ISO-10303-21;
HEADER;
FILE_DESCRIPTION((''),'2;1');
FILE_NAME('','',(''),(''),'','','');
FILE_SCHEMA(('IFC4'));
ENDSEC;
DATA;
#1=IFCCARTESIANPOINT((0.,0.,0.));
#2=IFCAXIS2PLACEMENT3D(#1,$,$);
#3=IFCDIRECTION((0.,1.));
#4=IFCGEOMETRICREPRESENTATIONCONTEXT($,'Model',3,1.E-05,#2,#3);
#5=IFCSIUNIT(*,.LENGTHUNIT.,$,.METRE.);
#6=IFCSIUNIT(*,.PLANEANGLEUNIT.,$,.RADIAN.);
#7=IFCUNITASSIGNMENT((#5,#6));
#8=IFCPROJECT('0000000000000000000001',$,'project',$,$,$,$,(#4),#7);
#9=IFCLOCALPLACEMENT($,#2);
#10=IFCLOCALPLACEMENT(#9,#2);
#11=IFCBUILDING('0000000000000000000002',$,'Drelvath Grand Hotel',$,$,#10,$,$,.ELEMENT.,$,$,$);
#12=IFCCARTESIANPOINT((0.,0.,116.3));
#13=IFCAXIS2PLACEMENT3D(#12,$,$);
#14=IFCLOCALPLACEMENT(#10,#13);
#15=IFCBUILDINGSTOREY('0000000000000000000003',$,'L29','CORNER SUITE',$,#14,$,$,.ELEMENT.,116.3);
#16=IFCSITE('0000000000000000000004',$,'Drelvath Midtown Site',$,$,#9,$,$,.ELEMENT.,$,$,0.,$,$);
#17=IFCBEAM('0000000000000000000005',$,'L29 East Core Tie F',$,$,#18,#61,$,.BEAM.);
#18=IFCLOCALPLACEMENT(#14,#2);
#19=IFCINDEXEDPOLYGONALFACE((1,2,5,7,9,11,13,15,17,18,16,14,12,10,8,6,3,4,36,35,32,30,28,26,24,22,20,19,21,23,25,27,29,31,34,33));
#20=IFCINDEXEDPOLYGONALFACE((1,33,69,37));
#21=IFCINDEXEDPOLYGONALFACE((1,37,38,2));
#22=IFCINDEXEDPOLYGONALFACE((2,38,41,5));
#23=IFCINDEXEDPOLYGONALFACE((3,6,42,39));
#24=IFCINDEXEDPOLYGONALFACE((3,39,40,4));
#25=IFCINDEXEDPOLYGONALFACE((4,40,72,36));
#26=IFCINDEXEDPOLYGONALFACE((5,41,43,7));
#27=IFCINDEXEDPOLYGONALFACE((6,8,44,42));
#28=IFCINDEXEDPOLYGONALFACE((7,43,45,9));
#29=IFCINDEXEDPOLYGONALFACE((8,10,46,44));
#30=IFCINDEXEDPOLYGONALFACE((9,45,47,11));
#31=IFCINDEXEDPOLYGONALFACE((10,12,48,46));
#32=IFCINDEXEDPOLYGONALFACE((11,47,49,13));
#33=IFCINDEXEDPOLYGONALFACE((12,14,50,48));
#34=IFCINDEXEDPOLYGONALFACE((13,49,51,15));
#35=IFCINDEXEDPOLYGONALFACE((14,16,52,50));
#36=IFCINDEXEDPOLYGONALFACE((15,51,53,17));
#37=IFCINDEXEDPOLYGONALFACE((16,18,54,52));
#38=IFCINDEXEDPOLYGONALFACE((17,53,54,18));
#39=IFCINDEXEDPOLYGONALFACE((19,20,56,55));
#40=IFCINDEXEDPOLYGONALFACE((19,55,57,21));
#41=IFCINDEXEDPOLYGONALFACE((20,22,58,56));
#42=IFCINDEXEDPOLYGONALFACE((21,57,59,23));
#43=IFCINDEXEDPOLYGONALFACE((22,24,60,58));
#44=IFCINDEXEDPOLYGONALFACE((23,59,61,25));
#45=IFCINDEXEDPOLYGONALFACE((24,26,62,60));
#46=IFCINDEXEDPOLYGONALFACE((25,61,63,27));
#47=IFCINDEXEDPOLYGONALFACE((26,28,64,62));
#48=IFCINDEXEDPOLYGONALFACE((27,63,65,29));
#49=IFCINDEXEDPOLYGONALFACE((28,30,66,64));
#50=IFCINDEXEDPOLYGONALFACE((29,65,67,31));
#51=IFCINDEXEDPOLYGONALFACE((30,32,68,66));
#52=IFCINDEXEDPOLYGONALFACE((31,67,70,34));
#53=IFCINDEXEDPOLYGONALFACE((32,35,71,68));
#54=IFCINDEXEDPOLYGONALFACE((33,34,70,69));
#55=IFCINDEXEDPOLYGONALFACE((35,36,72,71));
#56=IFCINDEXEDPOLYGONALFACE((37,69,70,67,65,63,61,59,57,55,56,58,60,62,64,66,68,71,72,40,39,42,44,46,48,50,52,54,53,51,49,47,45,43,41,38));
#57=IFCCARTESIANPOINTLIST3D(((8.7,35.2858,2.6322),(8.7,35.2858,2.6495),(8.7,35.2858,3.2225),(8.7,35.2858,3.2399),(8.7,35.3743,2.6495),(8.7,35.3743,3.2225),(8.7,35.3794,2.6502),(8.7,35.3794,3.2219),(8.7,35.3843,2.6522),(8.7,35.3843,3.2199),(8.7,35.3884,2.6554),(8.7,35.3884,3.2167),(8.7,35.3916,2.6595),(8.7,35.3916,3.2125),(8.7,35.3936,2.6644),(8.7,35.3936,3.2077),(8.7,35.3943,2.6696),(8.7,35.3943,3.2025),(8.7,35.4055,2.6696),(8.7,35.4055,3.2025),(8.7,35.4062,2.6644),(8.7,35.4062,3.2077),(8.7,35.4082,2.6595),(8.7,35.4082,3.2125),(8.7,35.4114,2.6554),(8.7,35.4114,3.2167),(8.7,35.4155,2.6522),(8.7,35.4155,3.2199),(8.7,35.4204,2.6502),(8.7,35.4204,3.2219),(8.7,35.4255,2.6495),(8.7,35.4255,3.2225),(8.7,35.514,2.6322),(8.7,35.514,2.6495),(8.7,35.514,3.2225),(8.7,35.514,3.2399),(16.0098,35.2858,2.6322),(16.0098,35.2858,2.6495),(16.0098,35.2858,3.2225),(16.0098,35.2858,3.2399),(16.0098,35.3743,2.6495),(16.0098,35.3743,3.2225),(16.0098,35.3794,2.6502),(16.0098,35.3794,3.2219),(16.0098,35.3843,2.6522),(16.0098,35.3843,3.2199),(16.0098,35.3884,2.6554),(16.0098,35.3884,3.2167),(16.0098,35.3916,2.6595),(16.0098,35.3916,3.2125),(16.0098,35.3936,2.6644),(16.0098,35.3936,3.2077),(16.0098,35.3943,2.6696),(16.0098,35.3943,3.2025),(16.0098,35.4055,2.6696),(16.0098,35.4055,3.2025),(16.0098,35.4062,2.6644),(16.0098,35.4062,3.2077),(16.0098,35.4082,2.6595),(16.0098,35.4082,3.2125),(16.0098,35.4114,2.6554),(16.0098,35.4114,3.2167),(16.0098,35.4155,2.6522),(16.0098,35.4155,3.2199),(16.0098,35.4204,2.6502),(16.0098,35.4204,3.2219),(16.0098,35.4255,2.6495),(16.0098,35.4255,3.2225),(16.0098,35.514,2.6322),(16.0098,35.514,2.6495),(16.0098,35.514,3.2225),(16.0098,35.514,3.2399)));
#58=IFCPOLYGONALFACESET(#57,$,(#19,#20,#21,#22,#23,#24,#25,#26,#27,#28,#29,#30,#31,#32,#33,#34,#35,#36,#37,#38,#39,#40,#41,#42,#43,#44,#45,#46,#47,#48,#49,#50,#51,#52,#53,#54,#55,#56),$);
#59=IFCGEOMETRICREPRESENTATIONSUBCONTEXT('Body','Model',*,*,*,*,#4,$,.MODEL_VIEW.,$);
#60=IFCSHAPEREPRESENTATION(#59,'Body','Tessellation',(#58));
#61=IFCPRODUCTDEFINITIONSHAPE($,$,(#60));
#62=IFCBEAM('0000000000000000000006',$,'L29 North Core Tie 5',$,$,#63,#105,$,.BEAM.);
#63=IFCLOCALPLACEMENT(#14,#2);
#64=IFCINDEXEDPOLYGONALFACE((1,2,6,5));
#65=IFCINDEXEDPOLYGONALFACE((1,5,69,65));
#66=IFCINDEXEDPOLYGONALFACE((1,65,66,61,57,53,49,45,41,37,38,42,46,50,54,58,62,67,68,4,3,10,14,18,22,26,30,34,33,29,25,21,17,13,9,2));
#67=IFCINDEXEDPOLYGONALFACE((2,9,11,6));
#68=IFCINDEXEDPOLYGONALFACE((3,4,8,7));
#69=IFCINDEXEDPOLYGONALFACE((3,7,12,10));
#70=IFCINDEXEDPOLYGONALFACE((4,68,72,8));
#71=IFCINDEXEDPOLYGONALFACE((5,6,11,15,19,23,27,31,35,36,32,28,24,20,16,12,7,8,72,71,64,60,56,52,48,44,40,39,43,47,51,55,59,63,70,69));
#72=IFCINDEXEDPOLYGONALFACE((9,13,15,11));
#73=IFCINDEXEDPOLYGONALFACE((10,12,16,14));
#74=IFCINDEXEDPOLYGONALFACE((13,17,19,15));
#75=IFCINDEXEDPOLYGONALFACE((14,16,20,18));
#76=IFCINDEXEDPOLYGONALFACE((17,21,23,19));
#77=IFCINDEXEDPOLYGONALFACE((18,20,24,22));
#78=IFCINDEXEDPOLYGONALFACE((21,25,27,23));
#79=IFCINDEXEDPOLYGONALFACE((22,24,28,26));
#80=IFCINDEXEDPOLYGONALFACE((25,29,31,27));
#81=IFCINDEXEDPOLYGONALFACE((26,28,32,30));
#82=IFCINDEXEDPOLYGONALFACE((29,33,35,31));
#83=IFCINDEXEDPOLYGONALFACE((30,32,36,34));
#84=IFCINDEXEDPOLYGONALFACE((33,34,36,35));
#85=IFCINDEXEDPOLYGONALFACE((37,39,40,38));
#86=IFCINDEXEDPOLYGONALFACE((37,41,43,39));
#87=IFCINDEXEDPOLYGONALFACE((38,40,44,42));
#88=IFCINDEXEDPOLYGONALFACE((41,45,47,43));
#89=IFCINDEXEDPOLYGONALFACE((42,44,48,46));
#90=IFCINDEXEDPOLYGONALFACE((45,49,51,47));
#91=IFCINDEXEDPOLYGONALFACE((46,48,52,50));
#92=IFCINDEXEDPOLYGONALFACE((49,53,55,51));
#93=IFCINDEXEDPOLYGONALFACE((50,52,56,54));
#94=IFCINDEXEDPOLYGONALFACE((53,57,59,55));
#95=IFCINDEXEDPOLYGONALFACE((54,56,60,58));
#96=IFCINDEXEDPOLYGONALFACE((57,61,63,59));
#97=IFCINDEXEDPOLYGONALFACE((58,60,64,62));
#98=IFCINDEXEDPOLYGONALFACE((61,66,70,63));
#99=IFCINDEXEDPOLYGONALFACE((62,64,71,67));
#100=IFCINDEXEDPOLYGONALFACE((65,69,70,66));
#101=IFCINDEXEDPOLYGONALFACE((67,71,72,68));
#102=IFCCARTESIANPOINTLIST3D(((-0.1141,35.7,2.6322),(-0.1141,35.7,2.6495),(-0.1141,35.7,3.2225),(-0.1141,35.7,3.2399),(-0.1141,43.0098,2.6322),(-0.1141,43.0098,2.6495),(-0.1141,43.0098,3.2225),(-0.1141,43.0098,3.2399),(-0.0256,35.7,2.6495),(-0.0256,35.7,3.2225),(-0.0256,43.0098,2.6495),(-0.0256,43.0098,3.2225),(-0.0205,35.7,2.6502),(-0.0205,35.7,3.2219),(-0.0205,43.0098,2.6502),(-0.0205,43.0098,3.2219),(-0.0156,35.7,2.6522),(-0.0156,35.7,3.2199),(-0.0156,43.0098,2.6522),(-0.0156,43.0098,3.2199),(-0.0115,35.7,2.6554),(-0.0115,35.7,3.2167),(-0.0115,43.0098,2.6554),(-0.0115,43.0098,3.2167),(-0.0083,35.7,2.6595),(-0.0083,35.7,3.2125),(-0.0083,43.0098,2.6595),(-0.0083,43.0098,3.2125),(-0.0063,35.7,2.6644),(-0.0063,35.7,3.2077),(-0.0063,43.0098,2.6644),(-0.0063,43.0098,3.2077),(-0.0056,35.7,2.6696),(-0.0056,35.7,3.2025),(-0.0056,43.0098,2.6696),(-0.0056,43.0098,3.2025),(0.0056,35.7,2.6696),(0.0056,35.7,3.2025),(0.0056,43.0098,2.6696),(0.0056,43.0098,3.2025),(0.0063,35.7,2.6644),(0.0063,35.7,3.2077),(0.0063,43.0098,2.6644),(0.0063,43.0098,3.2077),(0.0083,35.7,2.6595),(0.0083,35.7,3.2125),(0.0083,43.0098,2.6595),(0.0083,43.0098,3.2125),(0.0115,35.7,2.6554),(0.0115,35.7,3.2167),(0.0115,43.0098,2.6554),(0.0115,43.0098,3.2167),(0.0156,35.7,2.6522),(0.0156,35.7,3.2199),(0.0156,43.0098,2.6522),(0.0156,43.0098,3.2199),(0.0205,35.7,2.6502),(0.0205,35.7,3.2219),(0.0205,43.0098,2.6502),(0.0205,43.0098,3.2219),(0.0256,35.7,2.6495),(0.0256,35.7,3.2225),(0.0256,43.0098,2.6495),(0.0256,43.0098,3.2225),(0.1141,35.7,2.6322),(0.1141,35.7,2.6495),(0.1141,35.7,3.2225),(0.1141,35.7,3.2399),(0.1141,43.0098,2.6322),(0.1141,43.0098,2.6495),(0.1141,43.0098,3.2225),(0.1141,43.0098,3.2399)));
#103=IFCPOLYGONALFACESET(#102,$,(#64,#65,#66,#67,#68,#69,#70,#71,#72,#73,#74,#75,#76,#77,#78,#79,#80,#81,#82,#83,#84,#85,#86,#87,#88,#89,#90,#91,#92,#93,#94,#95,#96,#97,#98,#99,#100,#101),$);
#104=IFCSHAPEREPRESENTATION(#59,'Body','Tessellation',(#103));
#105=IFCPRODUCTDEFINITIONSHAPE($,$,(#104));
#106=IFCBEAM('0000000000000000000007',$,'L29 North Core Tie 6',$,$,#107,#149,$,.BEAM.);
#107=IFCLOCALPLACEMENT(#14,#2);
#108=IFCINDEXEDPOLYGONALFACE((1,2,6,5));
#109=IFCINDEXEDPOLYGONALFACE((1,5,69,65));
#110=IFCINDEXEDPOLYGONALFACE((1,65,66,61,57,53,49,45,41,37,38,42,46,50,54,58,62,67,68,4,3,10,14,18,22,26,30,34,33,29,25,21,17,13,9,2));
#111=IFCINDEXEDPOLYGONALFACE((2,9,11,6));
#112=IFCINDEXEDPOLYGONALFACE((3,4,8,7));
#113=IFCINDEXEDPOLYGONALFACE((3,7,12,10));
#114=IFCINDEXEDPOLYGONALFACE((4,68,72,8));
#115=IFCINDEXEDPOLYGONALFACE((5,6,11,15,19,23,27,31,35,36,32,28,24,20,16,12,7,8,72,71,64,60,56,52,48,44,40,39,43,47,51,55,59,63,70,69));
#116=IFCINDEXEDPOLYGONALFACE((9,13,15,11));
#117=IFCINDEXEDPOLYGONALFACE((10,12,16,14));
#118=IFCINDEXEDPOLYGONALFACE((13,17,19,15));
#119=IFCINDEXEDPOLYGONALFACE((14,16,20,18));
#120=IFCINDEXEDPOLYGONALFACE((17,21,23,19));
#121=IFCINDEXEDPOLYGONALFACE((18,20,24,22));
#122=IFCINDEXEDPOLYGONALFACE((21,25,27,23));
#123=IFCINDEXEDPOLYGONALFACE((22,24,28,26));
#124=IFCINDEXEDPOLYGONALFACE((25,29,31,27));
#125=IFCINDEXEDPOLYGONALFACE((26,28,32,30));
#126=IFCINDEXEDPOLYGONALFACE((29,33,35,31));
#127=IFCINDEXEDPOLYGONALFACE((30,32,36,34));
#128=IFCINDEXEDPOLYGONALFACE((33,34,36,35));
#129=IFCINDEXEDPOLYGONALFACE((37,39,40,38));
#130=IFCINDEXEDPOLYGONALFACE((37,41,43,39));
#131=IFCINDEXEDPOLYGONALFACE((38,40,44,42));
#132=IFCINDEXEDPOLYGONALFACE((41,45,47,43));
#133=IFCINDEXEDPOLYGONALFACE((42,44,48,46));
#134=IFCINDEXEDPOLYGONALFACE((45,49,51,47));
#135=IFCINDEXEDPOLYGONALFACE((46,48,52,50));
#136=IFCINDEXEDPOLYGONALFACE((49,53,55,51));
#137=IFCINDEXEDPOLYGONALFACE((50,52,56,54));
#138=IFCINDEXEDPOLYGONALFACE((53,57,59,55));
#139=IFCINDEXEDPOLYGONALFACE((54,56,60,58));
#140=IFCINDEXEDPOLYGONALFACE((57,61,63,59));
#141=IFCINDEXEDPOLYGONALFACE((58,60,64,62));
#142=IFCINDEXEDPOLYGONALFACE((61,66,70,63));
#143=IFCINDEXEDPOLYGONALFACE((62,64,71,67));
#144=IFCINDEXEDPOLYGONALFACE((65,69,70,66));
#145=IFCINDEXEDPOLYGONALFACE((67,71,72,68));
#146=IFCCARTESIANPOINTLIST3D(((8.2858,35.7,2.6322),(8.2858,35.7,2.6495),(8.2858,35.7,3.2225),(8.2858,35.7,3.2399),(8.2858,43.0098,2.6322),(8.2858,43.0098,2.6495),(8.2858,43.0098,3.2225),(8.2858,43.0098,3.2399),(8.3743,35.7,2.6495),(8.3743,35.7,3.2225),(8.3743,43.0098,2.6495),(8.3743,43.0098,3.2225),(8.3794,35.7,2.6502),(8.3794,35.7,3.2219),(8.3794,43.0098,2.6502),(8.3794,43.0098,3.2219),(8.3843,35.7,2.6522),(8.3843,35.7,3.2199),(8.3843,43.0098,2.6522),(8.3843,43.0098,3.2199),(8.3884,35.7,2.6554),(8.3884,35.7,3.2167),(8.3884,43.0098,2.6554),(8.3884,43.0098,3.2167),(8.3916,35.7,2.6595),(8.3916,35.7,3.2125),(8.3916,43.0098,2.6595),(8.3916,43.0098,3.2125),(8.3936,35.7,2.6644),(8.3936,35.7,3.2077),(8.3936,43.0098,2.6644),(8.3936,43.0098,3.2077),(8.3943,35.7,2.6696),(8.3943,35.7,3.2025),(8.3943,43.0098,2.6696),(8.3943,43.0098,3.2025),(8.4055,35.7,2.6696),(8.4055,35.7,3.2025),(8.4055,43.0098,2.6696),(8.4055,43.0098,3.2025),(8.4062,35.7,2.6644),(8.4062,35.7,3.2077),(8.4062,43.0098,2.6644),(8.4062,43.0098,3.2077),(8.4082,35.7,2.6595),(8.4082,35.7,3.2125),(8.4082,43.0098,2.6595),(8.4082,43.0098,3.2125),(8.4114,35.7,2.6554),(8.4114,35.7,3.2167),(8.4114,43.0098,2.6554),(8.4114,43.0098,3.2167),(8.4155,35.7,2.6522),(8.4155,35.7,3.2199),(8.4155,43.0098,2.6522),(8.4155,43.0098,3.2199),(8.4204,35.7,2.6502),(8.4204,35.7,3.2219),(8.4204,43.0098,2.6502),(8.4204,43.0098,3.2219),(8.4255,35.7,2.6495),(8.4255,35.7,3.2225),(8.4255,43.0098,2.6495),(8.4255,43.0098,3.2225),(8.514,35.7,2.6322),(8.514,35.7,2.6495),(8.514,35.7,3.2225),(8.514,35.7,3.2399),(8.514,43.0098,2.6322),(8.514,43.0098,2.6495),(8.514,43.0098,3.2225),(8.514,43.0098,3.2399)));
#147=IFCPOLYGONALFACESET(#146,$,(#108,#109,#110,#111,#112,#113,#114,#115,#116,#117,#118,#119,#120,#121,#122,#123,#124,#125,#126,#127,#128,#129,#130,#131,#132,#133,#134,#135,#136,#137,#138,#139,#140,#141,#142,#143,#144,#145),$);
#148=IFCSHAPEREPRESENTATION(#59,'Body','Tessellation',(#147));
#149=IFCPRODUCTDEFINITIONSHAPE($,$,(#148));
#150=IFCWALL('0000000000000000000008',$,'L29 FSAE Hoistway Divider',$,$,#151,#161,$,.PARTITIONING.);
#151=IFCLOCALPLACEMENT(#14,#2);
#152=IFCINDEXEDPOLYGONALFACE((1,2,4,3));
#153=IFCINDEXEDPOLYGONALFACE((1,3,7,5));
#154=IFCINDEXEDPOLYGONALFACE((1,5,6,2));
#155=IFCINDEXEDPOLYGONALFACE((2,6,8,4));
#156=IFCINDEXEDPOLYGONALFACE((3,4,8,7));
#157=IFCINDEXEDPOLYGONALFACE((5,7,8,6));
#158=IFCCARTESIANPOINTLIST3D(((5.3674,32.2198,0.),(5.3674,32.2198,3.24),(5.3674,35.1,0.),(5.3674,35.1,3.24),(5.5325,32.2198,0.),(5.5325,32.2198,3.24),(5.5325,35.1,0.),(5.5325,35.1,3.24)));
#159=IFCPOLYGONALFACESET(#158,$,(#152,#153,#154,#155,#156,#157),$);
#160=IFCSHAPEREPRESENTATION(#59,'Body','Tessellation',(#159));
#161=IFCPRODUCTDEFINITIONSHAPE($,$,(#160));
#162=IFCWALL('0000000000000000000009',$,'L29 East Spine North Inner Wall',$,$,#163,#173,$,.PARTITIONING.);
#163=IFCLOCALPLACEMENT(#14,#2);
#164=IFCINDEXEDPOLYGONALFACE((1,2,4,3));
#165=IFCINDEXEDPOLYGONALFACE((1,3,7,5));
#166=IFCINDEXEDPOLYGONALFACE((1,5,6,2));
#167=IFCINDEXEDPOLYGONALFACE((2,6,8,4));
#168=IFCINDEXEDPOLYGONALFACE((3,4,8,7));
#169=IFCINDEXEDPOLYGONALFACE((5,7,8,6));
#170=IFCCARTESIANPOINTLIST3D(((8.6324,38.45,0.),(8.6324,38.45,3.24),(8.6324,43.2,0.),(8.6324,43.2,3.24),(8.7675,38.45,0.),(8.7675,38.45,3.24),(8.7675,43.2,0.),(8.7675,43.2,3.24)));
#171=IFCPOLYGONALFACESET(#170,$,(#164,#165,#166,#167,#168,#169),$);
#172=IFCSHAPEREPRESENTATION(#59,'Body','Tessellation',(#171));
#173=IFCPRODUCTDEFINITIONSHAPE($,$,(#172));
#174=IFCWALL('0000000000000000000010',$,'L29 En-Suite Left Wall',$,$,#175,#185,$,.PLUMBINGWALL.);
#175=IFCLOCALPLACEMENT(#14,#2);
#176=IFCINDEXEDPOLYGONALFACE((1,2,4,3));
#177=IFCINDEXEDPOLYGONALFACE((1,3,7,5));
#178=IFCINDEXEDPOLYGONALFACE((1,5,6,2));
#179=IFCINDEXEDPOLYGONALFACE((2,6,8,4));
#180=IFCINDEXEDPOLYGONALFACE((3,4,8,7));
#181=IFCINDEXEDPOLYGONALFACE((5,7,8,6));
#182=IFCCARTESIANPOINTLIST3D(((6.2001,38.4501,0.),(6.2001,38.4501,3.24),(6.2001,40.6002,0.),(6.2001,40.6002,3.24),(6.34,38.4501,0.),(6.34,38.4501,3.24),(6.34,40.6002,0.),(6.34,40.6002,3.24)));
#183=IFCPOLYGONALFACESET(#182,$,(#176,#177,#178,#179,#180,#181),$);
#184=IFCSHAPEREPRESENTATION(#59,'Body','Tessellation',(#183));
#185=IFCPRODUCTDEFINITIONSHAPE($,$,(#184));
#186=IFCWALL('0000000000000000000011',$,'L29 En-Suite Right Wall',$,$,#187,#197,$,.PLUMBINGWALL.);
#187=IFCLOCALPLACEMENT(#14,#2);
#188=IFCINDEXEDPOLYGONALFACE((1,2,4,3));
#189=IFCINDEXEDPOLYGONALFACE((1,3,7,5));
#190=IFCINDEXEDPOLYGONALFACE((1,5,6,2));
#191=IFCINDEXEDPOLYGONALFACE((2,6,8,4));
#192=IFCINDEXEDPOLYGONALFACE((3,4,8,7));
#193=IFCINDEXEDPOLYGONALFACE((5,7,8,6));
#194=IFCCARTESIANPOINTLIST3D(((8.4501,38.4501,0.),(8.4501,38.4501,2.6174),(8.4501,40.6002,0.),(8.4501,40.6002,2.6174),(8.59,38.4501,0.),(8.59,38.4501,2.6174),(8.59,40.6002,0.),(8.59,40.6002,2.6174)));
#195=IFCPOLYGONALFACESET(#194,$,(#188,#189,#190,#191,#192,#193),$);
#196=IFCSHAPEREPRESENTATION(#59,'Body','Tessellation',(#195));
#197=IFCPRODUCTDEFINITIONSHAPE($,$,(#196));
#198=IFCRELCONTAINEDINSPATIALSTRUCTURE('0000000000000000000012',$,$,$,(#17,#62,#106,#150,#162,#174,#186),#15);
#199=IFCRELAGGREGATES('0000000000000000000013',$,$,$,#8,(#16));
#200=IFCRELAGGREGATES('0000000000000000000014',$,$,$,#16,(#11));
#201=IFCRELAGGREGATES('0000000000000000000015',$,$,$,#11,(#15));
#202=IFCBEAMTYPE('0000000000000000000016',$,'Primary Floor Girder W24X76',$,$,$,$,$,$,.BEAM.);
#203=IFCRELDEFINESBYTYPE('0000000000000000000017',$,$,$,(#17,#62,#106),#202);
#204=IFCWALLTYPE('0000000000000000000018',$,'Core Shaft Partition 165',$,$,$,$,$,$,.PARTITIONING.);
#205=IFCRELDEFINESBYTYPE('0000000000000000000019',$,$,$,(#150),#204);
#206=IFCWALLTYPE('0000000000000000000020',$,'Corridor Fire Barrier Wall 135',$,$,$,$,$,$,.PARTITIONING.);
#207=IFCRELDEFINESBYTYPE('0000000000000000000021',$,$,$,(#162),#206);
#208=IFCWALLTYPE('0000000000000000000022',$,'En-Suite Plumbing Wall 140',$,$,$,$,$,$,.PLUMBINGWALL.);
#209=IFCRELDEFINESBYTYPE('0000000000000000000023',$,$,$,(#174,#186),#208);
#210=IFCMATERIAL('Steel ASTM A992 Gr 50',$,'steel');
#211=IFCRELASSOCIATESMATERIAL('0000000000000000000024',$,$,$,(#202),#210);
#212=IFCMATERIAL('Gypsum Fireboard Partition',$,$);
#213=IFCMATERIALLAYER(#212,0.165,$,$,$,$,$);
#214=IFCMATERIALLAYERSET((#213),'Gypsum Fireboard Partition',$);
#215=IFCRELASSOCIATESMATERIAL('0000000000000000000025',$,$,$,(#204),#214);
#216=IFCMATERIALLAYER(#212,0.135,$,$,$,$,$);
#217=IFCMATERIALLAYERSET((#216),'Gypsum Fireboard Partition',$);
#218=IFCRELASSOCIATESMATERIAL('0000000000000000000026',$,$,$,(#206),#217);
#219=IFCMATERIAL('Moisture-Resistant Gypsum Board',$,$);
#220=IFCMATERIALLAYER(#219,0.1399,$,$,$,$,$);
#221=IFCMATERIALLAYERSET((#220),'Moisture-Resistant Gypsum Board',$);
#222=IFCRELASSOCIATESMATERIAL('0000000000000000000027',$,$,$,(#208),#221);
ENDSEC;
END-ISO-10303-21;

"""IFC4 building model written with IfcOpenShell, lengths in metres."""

from ifc_helpers import new_model, si_unit, direction, frame, frame_2d, origin, origin_2d, place, context, subcontext, project, spatial, rectangle, i_section, extrude, material, layer, layer_set, material_profile, profile_set, type_object, element, save


model = new_model("IFC4")

# Units and contexts
model_context = context("Model", 3, precision=1e-05, world=origin(), true_north=direction((0.0, 1.0)))
body_context = subcontext(model_context, "Body", "Model", "MODEL_VIEW")
ifc_project = project(units=[si_unit("LENGTHUNIT", "METRE"), si_unit("PLANEANGLEUNIT", "RADIAN")], contexts=[model_context])

# Site, building, storey
site_placement = place(None, origin())
site = spatial("IfcSite", under=ifc_project, at=site_placement, Name="Drelvath Midtown Site", CompositionType="ELEMENT", RefElevation=0.0)
building_placement = place(site_placement, origin())
building = spatial("IfcBuilding", under=site, at=building_placement, Name="Drelvath Grand Hotel", CompositionType="ELEMENT")
storey_placement = place(building_placement, frame((0.0, 0.0, 116.3)))
storey = spatial("IfcBuildingStorey", under=building, at=storey_placement, Name="L29", Description="CORNER SUITE", CompositionType="ELEMENT", Elevation=116.3)

# Beams
ifc_material_1 = material(Name="Steel ASTM A992 Gr 50", Category="steel")
ifc_material_profile = material_profile(ifc_material_1, i_section(OverallWidth=0.2283, OverallDepth=0.6077, WebThickness=0.0112, FlangeThickness=0.0173, FilletRadius=0.02, at=origin_2d()), Name="W24X76")
ifc_profile_set = profile_set([ifc_material_profile], Name="Steel ASTM A992 Gr 50")
beam_type = type_object("IfcBeamType", Name="Primary Floor Girder W24X76", PredefinedType="BEAM", material=ifc_profile_set)
for number, where, z_axis, x_axis, name in (
    (1, (8.7, 35.3999, 2.936), (1.0, 0.0, 0.0), (0.0, 1.0, 0.0), "L29 East Core Tie F"),
    (2, (0.0, 35.7, 2.936), (0.0, 1.0, 0.0), (-1.0, 0.0, 0.0), "L29 North Core Tie 5"),
    (3, (8.3999, 35.7, 2.936), (0.0, 1.0, 0.0), (-1.0, 0.0, 0.0), "L29 North Core Tie 6"),
):
    element("IfcBeam", number, at=place(storey_placement, frame(where, z_axis=z_axis, x_axis=x_axis)), inside=storey, type_object=beam_type, Name=name, PredefinedType="BEAM", context=body_context, shape_type="SweptSolid", body=[
        extrude(i_section(OverallWidth=0.2283, OverallDepth=0.6077, WebThickness=0.0112, FlangeThickness=0.0173, FilletRadius=0.02, at=origin_2d()), origin(), (0.0, 0.0, 1.0), 7.3098),
    ])

# Walls
ifc_material_2 = material(Name="Gypsum Fireboard Partition")
ifc_layer_1 = layer(ifc_material_2, 0.165)
ifc_layer_set_1 = layer_set([ifc_layer_1], Name="Gypsum Fireboard Partition")
wall_type_1 = type_object("IfcWallType", Name="Core Shaft Partition 165", PredefinedType="PARTITIONING", material=ifc_layer_set_1)
wall_1_placement = place(storey_placement, frame((5.45, 32.22, 0.0), z_axis=(0.0, 0.0, 1.0), x_axis=(0.0, 1.0, 0.0)))
element("IfcWall", 4, at=wall_1_placement, inside=storey, type_object=wall_type_1, Name="L29 FSAE Hoistway Divider", PredefinedType="PARTITIONING", context=body_context, shape_type="SweptSolid", body=[
    extrude(rectangle(XDim=2.8801, YDim=0.165, at=frame_2d((1.4399, 0.0))), origin(), (0.0, 0.0, 1.0), 3.24),
])
ifc_layer_2 = layer(ifc_material_2, 0.135)
ifc_layer_set_2 = layer_set([ifc_layer_2], Name="Gypsum Fireboard Partition")
wall_type_2 = type_object("IfcWallType", Name="Corridor Fire Barrier Wall 135", PredefinedType="PARTITIONING", material=ifc_layer_set_2)
wall_2_placement = place(storey_placement, frame((8.7, 38.45, 0.0), z_axis=(0.0, 0.0, 1.0), x_axis=(0.0, 1.0, 0.0)))
element("IfcWall", 5, at=wall_2_placement, inside=storey, type_object=wall_type_2, Name="L29 East Spine North Inner Wall", PredefinedType="PARTITIONING", context=body_context, shape_type="SweptSolid", body=[
    extrude(rectangle(XDim=4.75, YDim=0.135, at=frame_2d((2.375, 0.0))), origin(), (0.0, 0.0, 1.0), 3.24),
])
ifc_material_3 = material(Name="Moisture-Resistant Gypsum Board")
ifc_layer_3 = layer(ifc_material_3, 0.1399)
ifc_layer_set_3 = layer_set([ifc_layer_3], Name="Moisture-Resistant Gypsum Board")
wall_type_3 = type_object("IfcWallType", Name="En-Suite Plumbing Wall 140", PredefinedType="PLUMBINGWALL", material=ifc_layer_set_3)
wall_3_placement = place(storey_placement, frame((6.27, 38.45, 0.0), z_axis=(0.0, 0.0, 1.0), x_axis=(0.0, 1.0, 0.0)))
element("IfcWall", 6, at=wall_3_placement, inside=storey, type_object=wall_type_3, Name="L29 En-Suite Left Wall", PredefinedType="PLUMBINGWALL", context=body_context, shape_type="SweptSolid", body=[
    extrude(rectangle(XDim=2.1501, YDim=0.1399, at=frame_2d((1.0752, 0.0))), origin(), (0.0, 0.0, 1.0), 3.24),
])
wall_4_placement = place(storey_placement, frame((8.52, 38.45, 0.0), z_axis=(0.0, 0.0, 1.0), x_axis=(0.0, 1.0, 0.0)))
element("IfcWall", 7, at=wall_4_placement, inside=storey, type_object=wall_type_3, Name="L29 En-Suite Right Wall", PredefinedType="PLUMBINGWALL", context=body_context, shape_type="SweptSolid", body=[
    extrude(rectangle(XDim=2.1501, YDim=0.1399, at=frame_2d((1.0752, 0.0))), origin(), (0.0, 0.0, 1.0), 2.6174),
])

save(model, "model.ifc")
